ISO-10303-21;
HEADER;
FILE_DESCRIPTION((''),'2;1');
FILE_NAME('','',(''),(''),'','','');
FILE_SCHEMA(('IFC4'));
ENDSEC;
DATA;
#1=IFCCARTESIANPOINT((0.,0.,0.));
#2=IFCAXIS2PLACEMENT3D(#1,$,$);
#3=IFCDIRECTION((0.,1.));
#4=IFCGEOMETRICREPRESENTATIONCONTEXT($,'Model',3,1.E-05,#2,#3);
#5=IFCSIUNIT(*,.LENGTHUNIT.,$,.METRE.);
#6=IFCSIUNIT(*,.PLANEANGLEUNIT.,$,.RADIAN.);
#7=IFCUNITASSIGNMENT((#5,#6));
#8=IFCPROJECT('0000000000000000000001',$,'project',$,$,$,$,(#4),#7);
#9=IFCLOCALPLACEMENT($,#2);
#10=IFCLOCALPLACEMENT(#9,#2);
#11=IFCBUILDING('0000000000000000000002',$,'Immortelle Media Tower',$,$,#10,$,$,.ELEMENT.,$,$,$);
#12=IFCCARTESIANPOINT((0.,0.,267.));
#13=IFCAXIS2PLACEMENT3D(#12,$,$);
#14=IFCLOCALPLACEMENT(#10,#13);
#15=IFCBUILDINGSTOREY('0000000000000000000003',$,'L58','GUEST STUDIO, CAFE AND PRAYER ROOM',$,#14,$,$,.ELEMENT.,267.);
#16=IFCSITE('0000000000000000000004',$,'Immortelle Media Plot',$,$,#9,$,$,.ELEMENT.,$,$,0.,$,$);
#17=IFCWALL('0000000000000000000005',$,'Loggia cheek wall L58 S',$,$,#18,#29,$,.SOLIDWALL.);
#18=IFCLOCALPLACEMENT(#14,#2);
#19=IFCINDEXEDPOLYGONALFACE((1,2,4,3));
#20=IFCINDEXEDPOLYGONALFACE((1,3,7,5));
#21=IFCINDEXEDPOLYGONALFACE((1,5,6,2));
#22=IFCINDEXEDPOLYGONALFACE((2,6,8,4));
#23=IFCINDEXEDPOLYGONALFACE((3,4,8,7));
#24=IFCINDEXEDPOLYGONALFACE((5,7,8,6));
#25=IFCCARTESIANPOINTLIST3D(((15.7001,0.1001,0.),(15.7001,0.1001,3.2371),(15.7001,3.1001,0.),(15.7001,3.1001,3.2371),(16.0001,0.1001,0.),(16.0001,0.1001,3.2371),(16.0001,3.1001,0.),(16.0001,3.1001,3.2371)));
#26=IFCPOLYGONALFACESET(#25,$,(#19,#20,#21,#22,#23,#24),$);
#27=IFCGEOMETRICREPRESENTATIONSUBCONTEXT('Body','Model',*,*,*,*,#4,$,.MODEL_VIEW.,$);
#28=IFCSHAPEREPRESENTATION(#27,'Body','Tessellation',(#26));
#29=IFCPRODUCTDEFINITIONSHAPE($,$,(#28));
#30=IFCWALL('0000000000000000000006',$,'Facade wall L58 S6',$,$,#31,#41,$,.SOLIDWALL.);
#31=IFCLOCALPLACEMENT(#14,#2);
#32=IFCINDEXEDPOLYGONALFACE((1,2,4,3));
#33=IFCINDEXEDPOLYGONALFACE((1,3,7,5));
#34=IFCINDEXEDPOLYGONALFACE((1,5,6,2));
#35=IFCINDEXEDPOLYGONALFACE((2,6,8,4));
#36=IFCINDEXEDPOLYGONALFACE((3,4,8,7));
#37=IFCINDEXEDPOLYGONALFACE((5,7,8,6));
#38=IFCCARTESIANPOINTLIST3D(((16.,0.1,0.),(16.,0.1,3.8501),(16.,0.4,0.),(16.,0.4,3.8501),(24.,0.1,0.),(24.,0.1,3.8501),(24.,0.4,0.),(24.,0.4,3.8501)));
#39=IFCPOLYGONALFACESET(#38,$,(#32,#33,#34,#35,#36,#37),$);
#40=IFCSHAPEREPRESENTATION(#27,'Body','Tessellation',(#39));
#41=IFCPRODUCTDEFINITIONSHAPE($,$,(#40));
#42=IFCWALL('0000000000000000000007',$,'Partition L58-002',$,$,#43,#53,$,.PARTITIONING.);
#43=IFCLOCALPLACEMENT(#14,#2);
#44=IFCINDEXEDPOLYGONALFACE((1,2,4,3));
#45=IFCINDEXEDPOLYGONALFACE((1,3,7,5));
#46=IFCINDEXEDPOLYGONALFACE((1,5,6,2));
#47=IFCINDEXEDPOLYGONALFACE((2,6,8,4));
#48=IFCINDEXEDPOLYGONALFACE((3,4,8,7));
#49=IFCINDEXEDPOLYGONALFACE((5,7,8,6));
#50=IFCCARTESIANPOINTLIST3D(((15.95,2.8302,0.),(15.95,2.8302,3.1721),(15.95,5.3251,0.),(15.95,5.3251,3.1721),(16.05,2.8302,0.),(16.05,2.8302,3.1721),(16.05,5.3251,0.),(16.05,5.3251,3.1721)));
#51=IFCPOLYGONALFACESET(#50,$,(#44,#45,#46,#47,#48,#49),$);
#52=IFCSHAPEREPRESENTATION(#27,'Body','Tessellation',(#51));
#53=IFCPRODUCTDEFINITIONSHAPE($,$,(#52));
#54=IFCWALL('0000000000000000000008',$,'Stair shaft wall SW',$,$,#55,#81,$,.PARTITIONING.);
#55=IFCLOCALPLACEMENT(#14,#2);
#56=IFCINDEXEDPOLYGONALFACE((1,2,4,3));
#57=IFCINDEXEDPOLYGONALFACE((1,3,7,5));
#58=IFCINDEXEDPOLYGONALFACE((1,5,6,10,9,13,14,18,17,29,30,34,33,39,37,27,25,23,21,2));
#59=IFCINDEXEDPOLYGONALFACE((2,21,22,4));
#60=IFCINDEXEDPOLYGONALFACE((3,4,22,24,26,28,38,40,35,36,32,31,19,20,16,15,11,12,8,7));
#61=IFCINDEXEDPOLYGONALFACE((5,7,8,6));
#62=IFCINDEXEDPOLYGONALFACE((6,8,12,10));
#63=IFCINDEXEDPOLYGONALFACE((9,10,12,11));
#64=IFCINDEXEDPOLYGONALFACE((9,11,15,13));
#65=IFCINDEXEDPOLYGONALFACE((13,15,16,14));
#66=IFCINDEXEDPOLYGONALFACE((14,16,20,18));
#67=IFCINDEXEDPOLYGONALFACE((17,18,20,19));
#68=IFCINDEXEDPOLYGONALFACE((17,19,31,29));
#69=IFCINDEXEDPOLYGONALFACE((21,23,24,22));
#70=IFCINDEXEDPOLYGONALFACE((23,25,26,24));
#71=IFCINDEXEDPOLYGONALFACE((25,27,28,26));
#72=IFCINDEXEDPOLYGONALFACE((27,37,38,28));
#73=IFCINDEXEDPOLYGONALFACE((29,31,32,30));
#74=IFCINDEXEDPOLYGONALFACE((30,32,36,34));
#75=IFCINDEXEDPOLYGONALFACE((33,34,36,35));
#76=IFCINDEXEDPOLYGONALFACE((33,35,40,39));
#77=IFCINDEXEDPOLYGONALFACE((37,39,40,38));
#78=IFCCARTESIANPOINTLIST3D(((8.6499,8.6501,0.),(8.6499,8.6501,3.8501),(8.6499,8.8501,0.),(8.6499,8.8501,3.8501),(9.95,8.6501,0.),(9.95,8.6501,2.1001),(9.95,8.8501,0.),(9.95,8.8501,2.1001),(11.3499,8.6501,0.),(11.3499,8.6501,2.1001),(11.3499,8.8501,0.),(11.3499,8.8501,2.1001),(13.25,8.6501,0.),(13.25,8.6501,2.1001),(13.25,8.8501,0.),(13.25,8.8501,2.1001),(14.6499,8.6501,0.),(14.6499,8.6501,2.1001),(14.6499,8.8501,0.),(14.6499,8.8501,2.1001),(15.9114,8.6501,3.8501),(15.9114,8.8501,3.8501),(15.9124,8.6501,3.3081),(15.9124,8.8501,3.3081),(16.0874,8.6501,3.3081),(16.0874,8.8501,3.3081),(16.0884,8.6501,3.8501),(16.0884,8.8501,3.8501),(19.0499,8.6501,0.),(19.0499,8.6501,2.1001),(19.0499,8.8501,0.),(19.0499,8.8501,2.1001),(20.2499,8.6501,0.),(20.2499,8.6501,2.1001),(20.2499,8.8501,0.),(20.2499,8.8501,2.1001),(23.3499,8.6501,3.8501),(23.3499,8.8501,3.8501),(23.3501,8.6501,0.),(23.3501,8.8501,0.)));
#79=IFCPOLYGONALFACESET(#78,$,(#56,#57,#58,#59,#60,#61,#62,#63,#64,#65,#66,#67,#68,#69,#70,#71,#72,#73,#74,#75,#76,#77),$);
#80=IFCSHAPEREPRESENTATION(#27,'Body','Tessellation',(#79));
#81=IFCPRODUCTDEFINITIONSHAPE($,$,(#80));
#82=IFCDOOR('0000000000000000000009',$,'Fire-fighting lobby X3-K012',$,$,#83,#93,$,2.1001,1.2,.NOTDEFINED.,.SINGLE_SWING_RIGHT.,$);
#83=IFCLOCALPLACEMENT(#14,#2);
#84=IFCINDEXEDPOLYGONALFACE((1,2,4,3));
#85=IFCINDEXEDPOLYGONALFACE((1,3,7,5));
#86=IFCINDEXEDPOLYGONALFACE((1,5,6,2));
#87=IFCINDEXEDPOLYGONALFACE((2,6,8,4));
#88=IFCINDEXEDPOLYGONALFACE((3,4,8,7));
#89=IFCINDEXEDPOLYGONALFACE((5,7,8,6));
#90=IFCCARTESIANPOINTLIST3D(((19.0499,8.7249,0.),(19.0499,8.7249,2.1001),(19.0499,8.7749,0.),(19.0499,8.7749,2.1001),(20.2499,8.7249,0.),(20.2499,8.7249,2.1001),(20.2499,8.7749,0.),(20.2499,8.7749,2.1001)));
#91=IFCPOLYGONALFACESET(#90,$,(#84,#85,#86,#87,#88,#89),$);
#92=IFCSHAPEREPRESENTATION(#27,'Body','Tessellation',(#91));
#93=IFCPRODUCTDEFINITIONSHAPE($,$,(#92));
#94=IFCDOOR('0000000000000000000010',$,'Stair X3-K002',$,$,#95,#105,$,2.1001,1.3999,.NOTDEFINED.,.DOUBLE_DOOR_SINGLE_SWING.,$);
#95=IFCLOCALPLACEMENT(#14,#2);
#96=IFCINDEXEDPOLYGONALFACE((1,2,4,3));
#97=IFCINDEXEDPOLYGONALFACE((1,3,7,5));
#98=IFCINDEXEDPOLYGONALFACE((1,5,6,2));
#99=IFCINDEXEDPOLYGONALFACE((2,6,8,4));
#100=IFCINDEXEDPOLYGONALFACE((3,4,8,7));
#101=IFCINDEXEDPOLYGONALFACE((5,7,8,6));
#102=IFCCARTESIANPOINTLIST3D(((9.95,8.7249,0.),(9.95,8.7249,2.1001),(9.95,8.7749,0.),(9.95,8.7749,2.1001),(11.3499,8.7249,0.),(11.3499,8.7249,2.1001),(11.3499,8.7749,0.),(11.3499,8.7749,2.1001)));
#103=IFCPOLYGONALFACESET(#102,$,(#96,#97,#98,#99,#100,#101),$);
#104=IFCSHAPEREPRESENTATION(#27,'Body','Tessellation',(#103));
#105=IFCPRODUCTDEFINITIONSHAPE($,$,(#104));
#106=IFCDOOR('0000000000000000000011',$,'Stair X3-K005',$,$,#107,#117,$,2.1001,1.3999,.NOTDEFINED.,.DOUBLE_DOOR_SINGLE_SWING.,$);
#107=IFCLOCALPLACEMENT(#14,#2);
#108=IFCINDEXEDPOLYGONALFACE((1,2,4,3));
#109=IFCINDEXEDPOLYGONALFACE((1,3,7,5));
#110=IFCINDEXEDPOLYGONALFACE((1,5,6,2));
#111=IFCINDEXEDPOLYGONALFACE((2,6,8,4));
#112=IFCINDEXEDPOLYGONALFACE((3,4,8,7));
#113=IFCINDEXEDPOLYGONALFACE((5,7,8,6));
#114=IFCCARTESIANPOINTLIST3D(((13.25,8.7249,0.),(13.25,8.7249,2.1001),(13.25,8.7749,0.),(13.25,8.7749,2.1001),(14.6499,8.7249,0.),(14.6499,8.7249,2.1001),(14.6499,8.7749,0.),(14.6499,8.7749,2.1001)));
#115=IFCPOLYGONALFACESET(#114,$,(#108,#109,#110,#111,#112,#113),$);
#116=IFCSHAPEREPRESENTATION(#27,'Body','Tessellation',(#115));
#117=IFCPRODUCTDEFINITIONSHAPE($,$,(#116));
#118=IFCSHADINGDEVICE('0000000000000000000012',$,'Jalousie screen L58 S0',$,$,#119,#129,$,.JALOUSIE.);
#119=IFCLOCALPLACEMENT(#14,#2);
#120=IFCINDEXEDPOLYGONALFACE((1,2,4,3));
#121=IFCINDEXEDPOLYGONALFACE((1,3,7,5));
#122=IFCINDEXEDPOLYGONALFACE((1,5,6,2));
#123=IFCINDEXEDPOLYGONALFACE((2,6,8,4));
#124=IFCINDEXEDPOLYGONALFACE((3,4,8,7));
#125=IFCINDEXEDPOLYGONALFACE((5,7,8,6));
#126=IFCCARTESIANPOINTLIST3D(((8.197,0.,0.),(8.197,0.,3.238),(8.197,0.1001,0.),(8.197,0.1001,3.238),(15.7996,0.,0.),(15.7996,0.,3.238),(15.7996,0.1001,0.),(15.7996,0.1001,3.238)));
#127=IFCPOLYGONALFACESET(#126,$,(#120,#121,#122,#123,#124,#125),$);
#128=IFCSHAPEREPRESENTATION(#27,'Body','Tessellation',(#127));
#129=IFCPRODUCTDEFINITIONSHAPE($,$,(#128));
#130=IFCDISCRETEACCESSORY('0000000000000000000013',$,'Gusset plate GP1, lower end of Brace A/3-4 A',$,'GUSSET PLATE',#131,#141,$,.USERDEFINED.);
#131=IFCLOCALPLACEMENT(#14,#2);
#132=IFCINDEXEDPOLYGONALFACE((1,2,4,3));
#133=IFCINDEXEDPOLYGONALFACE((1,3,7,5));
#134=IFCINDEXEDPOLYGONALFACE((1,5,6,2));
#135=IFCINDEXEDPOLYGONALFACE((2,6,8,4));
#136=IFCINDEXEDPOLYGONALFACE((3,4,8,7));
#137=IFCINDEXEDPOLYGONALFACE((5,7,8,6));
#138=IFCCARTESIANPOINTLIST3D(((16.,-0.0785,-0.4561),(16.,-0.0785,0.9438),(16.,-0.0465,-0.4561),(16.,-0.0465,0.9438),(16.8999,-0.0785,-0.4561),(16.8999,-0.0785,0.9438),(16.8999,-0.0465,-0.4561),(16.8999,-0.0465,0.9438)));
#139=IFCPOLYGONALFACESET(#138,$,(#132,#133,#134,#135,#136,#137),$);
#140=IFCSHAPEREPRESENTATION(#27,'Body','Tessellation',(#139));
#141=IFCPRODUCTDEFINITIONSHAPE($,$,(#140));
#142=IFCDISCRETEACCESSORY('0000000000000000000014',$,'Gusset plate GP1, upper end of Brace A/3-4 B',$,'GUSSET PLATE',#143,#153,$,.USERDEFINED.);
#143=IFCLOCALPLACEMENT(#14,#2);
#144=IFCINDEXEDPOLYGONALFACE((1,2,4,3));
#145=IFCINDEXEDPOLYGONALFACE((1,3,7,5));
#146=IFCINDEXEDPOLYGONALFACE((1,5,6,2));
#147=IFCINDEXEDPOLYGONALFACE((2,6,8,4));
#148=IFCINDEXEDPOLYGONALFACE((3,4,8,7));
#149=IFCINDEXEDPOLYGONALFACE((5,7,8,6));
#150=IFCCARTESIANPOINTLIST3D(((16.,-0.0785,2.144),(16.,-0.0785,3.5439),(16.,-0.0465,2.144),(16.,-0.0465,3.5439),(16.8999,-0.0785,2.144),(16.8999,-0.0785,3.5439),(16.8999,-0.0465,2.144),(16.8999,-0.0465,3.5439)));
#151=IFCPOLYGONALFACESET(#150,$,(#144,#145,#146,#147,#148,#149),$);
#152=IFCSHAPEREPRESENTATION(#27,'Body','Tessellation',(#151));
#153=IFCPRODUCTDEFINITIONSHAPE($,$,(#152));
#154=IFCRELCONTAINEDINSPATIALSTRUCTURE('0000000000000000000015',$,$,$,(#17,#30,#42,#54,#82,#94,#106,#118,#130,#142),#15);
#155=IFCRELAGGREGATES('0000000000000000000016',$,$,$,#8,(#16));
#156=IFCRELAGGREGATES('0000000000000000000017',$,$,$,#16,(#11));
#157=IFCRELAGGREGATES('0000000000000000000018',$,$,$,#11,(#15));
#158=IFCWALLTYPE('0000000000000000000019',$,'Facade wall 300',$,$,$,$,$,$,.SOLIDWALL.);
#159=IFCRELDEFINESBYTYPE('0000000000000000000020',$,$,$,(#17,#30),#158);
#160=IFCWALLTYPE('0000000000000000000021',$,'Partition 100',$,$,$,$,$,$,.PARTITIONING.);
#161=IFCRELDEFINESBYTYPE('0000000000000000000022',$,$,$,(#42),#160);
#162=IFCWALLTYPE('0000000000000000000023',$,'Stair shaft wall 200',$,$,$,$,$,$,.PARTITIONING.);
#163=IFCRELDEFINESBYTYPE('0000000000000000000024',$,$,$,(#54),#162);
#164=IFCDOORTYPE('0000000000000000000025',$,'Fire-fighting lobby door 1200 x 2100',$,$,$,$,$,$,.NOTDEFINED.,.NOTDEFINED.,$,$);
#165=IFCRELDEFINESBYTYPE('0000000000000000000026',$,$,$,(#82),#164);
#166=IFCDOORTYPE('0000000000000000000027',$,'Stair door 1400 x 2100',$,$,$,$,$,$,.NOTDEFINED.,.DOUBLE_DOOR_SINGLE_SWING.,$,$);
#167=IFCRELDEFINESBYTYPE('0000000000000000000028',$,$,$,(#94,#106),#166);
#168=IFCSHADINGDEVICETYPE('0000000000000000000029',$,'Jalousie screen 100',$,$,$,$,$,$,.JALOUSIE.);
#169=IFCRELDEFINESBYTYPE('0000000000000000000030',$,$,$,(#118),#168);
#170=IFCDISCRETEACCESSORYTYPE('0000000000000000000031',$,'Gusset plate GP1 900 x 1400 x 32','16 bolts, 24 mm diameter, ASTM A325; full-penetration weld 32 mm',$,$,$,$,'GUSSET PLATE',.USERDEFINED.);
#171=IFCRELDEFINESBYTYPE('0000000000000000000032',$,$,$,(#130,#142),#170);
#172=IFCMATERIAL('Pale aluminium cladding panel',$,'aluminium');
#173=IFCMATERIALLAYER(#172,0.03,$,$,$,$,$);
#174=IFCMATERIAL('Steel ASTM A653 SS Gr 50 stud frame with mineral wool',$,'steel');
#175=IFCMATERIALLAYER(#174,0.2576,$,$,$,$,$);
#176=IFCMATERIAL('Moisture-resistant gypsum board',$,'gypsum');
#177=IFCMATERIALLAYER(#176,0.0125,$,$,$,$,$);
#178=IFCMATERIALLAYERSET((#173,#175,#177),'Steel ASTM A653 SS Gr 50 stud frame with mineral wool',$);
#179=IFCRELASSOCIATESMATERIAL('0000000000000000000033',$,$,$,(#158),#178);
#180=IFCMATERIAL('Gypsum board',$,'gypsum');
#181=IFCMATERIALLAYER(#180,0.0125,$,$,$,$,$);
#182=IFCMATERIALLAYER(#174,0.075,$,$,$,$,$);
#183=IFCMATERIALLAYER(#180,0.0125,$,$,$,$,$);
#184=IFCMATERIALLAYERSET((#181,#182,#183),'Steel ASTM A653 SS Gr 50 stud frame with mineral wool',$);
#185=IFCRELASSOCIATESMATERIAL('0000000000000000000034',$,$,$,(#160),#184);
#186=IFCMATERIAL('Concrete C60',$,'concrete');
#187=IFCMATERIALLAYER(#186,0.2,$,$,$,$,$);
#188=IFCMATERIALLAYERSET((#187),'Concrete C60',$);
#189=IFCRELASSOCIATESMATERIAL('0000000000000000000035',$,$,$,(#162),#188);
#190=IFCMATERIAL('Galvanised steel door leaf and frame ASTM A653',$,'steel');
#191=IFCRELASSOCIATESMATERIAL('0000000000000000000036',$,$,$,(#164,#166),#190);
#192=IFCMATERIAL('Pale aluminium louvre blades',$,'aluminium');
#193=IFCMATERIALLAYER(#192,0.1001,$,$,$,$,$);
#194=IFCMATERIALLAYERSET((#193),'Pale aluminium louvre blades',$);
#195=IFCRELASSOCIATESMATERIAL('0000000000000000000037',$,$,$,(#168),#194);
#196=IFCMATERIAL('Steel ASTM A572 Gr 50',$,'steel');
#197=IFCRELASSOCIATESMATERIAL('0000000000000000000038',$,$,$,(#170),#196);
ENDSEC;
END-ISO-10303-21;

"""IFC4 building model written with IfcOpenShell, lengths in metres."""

from ifc_helpers import new_model, si_unit, direction, frame, frame_2d, origin, origin_2d, place, context, subcontext, project, spatial, polyline, rectangle, outline, extrude, material, layer, layer_set, material_profile, profile_set, type_object, element, fill, save


model = new_model("IFC4")

# Units and contexts
model_context = context("Model", 3, precision=1e-05, world=origin(), true_north=direction((0.0, 1.0)))
body_context = subcontext(model_context, "Body", "Model", "MODEL_VIEW")
ifc_project = project(units=[si_unit("LENGTHUNIT", "METRE"), si_unit("PLANEANGLEUNIT", "RADIAN")], contexts=[model_context])

# Site, building, storey
site_placement = place(None, origin())
site = spatial("IfcSite", under=ifc_project, at=site_placement, Name="Immortelle Media Plot", CompositionType="ELEMENT", RefElevation=0.0)
building_placement = place(site_placement, origin())
building = spatial("IfcBuilding", under=site, at=building_placement, Name="Immortelle Media Tower", CompositionType="ELEMENT")
storey_placement = place(building_placement, frame((0.0, 0.0, 267.0)))
storey = spatial("IfcBuildingStorey", under=building, at=storey_placement, Name="L58", Description="GUEST STUDIO, CAFE AND PRAYER ROOM", CompositionType="ELEMENT", Elevation=267.0)

# Shared definitions
ifc_material_1 = material(Name="Pale aluminium cladding panel", Category="aluminium")
ifc_layer_1 = layer(ifc_material_1, 0.03)
ifc_material_2 = material(Name="Steel ASTM A653 SS Gr 50 stud frame with mineral wool", Category="steel")
ifc_layer_2 = layer(ifc_material_2, 0.2576)
ifc_material_3 = material(Name="Moisture-resistant gypsum board", Category="gypsum")
ifc_layer_3 = layer(ifc_material_3, 0.0125)
ifc_layer_set_1 = layer_set([ifc_layer_1, ifc_layer_2, ifc_layer_3], Name="Steel ASTM A653 SS Gr 50 stud frame with mineral wool")
wall_type_1 = type_object("IfcWallType", Name="Facade wall 300", PredefinedType="SOLIDWALL", material=ifc_layer_set_1)

# Walls
wall_1_placement = place(storey_placement, frame((15.8501, 0.1001, 0.0), z_axis=(0.0, 0.0, 1.0), x_axis=(0.0, 1.0, 0.0)))
element("IfcWall", 1, at=wall_1_placement, inside=storey, type_object=wall_type_1, Name="Loggia cheek wall L58 S", PredefinedType="SOLIDWALL", context=body_context, shape_type="SweptSolid", body=[
    extrude(rectangle(XDim=3.0, YDim=0.3, at=frame_2d((1.5, 0.0))), origin(), (0.0, 0.0, 1.0), 3.2371),
])
wall_2_placement = place(storey_placement, frame((16.0, 0.25, 0.0), z_axis=(0.0, 0.0, 1.0), x_axis=(1.0, 0.0, 0.0)))
element("IfcWall", 2, at=wall_2_placement, inside=storey, type_object=wall_type_1, Name="Facade wall L58 S6", PredefinedType="SOLIDWALL", context=body_context, shape_type="SweptSolid", body=[
    extrude(rectangle(XDim=8.0, YDim=0.3, at=frame_2d((4.0, 0.0))), origin(), (0.0, 0.0, 1.0), 3.8501),
])
ifc_material_4 = material(Name="Gypsum board", Category="gypsum")
ifc_layer_4 = layer(ifc_material_4, 0.0125)
ifc_layer_5 = layer(ifc_material_2, 0.075)
ifc_layer_6 = layer(ifc_material_4, 0.0125)
ifc_layer_set_2 = layer_set([ifc_layer_4, ifc_layer_5, ifc_layer_6], Name="Steel ASTM A653 SS Gr 50 stud frame with mineral wool")
wall_type_2 = type_object("IfcWallType", Name="Partition 100", PredefinedType="PARTITIONING", material=ifc_layer_set_2)
wall_3_placement = place(storey_placement, frame((16.0, 2.8301, 0.0), z_axis=(0.0, 0.0, 1.0), x_axis=(0.0, 1.0, 0.0)))
element("IfcWall", 3, at=wall_3_placement, inside=storey, type_object=wall_type_2, Name="Partition L58-002", PredefinedType="PARTITIONING", context=body_context, shape_type="SweptSolid", body=[
    extrude(rectangle(XDim=2.4949, YDim=0.1001, at=frame_2d((1.2476, 0.0))), origin(), (0.0, 0.0, 1.0), 3.1721),
])

# Wall, openings, doors
ifc_material_5 = material(Name="Concrete C60", Category="concrete")
ifc_layer_7 = layer(ifc_material_5, 0.2)
ifc_layer_set_3 = layer_set([ifc_layer_7], Name="Concrete C60")
wall_type_3 = type_object("IfcWallType", Name="Stair shaft wall 200", PredefinedType="PARTITIONING", material=ifc_layer_set_3)
wall_4_placement = place(storey_placement, frame((8.6499, 8.75, 0.0), z_axis=(0.0, 0.0, 1.0), x_axis=(1.0, 0.0, 0.0)))
wall_4 = element("IfcWall", 4, at=wall_4_placement, inside=storey, type_object=wall_type_3, Name="Stair shaft wall SW", PredefinedType="PARTITIONING", context=body_context, shape_type="SweptSolid", body=[
    extrude(outline(polyline([(0.0, 0.0), (14.7002, 0.0), (14.7, 3.8501), (7.4385, 3.8501), (7.4375, 3.3081), (7.2625, 3.3081), (7.2615, 3.8501), (0.0, 3.8501), (0.0, 0.0)])), frame((0.0, 0.1001, 0.0), z_axis=(0.0, -1.0, 0.0), x_axis=(1.0, 0.0, 0.0)), (0.0, 0.0, 1.0), 0.2),
])
opening_1_placement = place(wall_4_placement, frame((1.3, 0.0, 0.0)))
opening_1 = element("IfcOpeningElement", 5, at=opening_1_placement, cuts=wall_4, PredefinedType="OPENING", context=body_context, shape_type="SweptSolid", body=[
    extrude(rectangle(XDim=1.3999, YDim=2.1001, at=frame_2d((0.7, 1.05))), frame((0.0, 0.1099, 0.0), z_axis=(0.0, -1.0, 0.0), x_axis=(1.0, 0.0, 0.0)), (0.0, 0.0, 1.0), 0.22),
])
opening_2_placement = place(wall_4_placement, frame((4.6001, 0.0, 0.0)))
opening_2 = element("IfcOpeningElement", 6, at=opening_2_placement, cuts=wall_4, PredefinedType="OPENING", context=body_context, shape_type="SweptSolid", body=[
    extrude(rectangle(XDim=1.3999, YDim=2.1001, at=frame_2d((0.7, 1.05))), frame((0.0, 0.1099, 0.0), z_axis=(0.0, -1.0, 0.0), x_axis=(1.0, 0.0, 0.0)), (0.0, 0.0, 1.0), 0.22),
])
opening_3_placement = place(wall_4_placement, frame((10.3999, 0.0, 0.0)))
opening_3 = element("IfcOpeningElement", 7, at=opening_3_placement, cuts=wall_4, PredefinedType="OPENING", context=body_context, shape_type="SweptSolid", body=[
    extrude(rectangle(XDim=1.2, YDim=2.1001, at=frame_2d((0.6001, 1.05))), frame((0.0, 0.1099, 0.0), z_axis=(0.0, -1.0, 0.0), x_axis=(1.0, 0.0, 0.0)), (0.0, 0.0, 1.0), 0.22),
])
ifc_material_6 = material(Name="Galvanised steel door leaf and frame ASTM A653", Category="steel")
door_type_1 = type_object("IfcDoorType", Name="Fire-fighting lobby door 1200 x 2100", OperationType="NOTDEFINED", PredefinedType="NOTDEFINED", material=ifc_material_6)
door_1_placement = place(opening_3_placement, origin())
door_1 = element("IfcDoor", 8, at=door_1_placement, inside=storey, type_object=door_type_1, Name="Fire-fighting lobby X3-K012", OperationType="SINGLE_SWING_RIGHT", OverallHeight=2.1001, OverallWidth=1.2, PredefinedType="NOTDEFINED", context=body_context, shape_type="SweptSolid", body=[
    extrude(rectangle(XDim=1.2, YDim=2.1001, at=frame_2d((0.6001, 1.05))), frame((0.0, 0.0249, 0.0), z_axis=(0.0, -1.0, 0.0), x_axis=(1.0, 0.0, 0.0)), (0.0, 0.0, 1.0), 0.05),
])
fill(opening_3, door_1)
door_type_2 = type_object("IfcDoorType", Name="Stair door 1400 x 2100", OperationType="DOUBLE_DOOR_SINGLE_SWING", PredefinedType="NOTDEFINED", material=ifc_material_6)
door_2_placement = place(opening_1_placement, origin())
door_2 = element("IfcDoor", 9, at=door_2_placement, inside=storey, type_object=door_type_2, Name="Stair X3-K002", OperationType="DOUBLE_DOOR_SINGLE_SWING", OverallHeight=2.1001, OverallWidth=1.3999, PredefinedType="NOTDEFINED", context=body_context, shape_type="SweptSolid", body=[
    extrude(rectangle(XDim=1.3999, YDim=2.1001, at=frame_2d((0.7, 1.05))), frame((0.0, 0.0249, 0.0), z_axis=(0.0, -1.0, 0.0), x_axis=(1.0, 0.0, 0.0)), (0.0, 0.0, 1.0), 0.05),
])
fill(opening_1, door_2)
door_3_placement = place(opening_2_placement, origin())
door_3 = element("IfcDoor", 10, at=door_3_placement, inside=storey, type_object=door_type_2, Name="Stair X3-K005", OperationType="DOUBLE_DOOR_SINGLE_SWING", OverallHeight=2.1001, OverallWidth=1.3999, PredefinedType="NOTDEFINED", context=body_context, shape_type="SweptSolid", body=[
    extrude(rectangle(XDim=1.3999, YDim=2.1001, at=frame_2d((0.7, 1.05))), frame((0.0, 0.0249, 0.0), z_axis=(0.0, -1.0, 0.0), x_axis=(1.0, 0.0, 0.0)), (0.0, 0.0, 1.0), 0.05),
])
fill(opening_2, door_3)

# Shading device
ifc_material_7 = material(Name="Pale aluminium louvre blades", Category="aluminium")
ifc_layer_8 = layer(ifc_material_7, 0.1001)
ifc_layer_set_4 = layer_set([ifc_layer_8], Name="Pale aluminium louvre blades")
shading_device_type = type_object("IfcShadingDeviceType", Name="Jalousie screen 100", PredefinedType="JALOUSIE", material=ifc_layer_set_4)
shading_device_placement = place(storey_placement, frame((11.9983, 0.05, 0.0), z_axis=(0.0, 0.0, 1.0), x_axis=(1.0, 0.0, 0.0)))
element("IfcShadingDevice", 11, at=shading_device_placement, inside=storey, type_object=shading_device_type, Name="Jalousie screen L58 S0", PredefinedType="JALOUSIE", context=body_context, shape_type="SweptSolid", body=[
    extrude(rectangle(XDim=7.6025, YDim=0.1001, at=origin_2d()), origin(), (0.0, 0.0, 1.0), 3.238),
])

# Discrete accessories
ifc_material_8 = material(Name="Steel ASTM A572 Gr 50", Category="steel")
ifc_material_profile_1 = material_profile(ifc_material_8, rectangle(XDim=0.032, YDim=1.3999, at=origin_2d()), Name="PL 32 x 1400")
ifc_profile_set_1 = profile_set([ifc_material_profile_1], Name="Steel ASTM A572 Gr 50")
discrete_accessory_type = type_object("IfcDiscreteAccessoryType", Name="Gusset plate GP1 900 x 1400 x 32", Description="16 bolts, 24 mm diameter, ASTM A325; full-penetration weld 32 mm", ElementType="GUSSET PLATE", PredefinedType="USERDEFINED", material=ifc_profile_set_1)
for number, where, z_axis, x_axis, name in (
    (12, (16.0, -0.0625, 0.2439), (1.0, 0.0, 0.0), (0.0, 1.0, 0.0), "Gusset plate GP1, lower end of Brace A/3-4 A"),
    (13, (16.0, -0.0625, 2.844), (1.0, 0.0, 0.0), (0.0, 1.0, 0.0), "Gusset plate GP1, upper end of Brace A/3-4 B"),
):
    element("IfcDiscreteAccessory", number, at=place(storey_placement, frame(where, z_axis=z_axis, x_axis=x_axis)), inside=storey, type_object=discrete_accessory_type, Name=name, ObjectType="GUSSET PLATE", PredefinedType="USERDEFINED", context=body_context, shape_type="SweptSolid", body=[
        extrude(rectangle(XDim=0.032, YDim=1.3999, at=origin_2d()), origin(), (0.0, 0.0, 1.0), 0.8999),
    ])

save(model, "model.ifc")
